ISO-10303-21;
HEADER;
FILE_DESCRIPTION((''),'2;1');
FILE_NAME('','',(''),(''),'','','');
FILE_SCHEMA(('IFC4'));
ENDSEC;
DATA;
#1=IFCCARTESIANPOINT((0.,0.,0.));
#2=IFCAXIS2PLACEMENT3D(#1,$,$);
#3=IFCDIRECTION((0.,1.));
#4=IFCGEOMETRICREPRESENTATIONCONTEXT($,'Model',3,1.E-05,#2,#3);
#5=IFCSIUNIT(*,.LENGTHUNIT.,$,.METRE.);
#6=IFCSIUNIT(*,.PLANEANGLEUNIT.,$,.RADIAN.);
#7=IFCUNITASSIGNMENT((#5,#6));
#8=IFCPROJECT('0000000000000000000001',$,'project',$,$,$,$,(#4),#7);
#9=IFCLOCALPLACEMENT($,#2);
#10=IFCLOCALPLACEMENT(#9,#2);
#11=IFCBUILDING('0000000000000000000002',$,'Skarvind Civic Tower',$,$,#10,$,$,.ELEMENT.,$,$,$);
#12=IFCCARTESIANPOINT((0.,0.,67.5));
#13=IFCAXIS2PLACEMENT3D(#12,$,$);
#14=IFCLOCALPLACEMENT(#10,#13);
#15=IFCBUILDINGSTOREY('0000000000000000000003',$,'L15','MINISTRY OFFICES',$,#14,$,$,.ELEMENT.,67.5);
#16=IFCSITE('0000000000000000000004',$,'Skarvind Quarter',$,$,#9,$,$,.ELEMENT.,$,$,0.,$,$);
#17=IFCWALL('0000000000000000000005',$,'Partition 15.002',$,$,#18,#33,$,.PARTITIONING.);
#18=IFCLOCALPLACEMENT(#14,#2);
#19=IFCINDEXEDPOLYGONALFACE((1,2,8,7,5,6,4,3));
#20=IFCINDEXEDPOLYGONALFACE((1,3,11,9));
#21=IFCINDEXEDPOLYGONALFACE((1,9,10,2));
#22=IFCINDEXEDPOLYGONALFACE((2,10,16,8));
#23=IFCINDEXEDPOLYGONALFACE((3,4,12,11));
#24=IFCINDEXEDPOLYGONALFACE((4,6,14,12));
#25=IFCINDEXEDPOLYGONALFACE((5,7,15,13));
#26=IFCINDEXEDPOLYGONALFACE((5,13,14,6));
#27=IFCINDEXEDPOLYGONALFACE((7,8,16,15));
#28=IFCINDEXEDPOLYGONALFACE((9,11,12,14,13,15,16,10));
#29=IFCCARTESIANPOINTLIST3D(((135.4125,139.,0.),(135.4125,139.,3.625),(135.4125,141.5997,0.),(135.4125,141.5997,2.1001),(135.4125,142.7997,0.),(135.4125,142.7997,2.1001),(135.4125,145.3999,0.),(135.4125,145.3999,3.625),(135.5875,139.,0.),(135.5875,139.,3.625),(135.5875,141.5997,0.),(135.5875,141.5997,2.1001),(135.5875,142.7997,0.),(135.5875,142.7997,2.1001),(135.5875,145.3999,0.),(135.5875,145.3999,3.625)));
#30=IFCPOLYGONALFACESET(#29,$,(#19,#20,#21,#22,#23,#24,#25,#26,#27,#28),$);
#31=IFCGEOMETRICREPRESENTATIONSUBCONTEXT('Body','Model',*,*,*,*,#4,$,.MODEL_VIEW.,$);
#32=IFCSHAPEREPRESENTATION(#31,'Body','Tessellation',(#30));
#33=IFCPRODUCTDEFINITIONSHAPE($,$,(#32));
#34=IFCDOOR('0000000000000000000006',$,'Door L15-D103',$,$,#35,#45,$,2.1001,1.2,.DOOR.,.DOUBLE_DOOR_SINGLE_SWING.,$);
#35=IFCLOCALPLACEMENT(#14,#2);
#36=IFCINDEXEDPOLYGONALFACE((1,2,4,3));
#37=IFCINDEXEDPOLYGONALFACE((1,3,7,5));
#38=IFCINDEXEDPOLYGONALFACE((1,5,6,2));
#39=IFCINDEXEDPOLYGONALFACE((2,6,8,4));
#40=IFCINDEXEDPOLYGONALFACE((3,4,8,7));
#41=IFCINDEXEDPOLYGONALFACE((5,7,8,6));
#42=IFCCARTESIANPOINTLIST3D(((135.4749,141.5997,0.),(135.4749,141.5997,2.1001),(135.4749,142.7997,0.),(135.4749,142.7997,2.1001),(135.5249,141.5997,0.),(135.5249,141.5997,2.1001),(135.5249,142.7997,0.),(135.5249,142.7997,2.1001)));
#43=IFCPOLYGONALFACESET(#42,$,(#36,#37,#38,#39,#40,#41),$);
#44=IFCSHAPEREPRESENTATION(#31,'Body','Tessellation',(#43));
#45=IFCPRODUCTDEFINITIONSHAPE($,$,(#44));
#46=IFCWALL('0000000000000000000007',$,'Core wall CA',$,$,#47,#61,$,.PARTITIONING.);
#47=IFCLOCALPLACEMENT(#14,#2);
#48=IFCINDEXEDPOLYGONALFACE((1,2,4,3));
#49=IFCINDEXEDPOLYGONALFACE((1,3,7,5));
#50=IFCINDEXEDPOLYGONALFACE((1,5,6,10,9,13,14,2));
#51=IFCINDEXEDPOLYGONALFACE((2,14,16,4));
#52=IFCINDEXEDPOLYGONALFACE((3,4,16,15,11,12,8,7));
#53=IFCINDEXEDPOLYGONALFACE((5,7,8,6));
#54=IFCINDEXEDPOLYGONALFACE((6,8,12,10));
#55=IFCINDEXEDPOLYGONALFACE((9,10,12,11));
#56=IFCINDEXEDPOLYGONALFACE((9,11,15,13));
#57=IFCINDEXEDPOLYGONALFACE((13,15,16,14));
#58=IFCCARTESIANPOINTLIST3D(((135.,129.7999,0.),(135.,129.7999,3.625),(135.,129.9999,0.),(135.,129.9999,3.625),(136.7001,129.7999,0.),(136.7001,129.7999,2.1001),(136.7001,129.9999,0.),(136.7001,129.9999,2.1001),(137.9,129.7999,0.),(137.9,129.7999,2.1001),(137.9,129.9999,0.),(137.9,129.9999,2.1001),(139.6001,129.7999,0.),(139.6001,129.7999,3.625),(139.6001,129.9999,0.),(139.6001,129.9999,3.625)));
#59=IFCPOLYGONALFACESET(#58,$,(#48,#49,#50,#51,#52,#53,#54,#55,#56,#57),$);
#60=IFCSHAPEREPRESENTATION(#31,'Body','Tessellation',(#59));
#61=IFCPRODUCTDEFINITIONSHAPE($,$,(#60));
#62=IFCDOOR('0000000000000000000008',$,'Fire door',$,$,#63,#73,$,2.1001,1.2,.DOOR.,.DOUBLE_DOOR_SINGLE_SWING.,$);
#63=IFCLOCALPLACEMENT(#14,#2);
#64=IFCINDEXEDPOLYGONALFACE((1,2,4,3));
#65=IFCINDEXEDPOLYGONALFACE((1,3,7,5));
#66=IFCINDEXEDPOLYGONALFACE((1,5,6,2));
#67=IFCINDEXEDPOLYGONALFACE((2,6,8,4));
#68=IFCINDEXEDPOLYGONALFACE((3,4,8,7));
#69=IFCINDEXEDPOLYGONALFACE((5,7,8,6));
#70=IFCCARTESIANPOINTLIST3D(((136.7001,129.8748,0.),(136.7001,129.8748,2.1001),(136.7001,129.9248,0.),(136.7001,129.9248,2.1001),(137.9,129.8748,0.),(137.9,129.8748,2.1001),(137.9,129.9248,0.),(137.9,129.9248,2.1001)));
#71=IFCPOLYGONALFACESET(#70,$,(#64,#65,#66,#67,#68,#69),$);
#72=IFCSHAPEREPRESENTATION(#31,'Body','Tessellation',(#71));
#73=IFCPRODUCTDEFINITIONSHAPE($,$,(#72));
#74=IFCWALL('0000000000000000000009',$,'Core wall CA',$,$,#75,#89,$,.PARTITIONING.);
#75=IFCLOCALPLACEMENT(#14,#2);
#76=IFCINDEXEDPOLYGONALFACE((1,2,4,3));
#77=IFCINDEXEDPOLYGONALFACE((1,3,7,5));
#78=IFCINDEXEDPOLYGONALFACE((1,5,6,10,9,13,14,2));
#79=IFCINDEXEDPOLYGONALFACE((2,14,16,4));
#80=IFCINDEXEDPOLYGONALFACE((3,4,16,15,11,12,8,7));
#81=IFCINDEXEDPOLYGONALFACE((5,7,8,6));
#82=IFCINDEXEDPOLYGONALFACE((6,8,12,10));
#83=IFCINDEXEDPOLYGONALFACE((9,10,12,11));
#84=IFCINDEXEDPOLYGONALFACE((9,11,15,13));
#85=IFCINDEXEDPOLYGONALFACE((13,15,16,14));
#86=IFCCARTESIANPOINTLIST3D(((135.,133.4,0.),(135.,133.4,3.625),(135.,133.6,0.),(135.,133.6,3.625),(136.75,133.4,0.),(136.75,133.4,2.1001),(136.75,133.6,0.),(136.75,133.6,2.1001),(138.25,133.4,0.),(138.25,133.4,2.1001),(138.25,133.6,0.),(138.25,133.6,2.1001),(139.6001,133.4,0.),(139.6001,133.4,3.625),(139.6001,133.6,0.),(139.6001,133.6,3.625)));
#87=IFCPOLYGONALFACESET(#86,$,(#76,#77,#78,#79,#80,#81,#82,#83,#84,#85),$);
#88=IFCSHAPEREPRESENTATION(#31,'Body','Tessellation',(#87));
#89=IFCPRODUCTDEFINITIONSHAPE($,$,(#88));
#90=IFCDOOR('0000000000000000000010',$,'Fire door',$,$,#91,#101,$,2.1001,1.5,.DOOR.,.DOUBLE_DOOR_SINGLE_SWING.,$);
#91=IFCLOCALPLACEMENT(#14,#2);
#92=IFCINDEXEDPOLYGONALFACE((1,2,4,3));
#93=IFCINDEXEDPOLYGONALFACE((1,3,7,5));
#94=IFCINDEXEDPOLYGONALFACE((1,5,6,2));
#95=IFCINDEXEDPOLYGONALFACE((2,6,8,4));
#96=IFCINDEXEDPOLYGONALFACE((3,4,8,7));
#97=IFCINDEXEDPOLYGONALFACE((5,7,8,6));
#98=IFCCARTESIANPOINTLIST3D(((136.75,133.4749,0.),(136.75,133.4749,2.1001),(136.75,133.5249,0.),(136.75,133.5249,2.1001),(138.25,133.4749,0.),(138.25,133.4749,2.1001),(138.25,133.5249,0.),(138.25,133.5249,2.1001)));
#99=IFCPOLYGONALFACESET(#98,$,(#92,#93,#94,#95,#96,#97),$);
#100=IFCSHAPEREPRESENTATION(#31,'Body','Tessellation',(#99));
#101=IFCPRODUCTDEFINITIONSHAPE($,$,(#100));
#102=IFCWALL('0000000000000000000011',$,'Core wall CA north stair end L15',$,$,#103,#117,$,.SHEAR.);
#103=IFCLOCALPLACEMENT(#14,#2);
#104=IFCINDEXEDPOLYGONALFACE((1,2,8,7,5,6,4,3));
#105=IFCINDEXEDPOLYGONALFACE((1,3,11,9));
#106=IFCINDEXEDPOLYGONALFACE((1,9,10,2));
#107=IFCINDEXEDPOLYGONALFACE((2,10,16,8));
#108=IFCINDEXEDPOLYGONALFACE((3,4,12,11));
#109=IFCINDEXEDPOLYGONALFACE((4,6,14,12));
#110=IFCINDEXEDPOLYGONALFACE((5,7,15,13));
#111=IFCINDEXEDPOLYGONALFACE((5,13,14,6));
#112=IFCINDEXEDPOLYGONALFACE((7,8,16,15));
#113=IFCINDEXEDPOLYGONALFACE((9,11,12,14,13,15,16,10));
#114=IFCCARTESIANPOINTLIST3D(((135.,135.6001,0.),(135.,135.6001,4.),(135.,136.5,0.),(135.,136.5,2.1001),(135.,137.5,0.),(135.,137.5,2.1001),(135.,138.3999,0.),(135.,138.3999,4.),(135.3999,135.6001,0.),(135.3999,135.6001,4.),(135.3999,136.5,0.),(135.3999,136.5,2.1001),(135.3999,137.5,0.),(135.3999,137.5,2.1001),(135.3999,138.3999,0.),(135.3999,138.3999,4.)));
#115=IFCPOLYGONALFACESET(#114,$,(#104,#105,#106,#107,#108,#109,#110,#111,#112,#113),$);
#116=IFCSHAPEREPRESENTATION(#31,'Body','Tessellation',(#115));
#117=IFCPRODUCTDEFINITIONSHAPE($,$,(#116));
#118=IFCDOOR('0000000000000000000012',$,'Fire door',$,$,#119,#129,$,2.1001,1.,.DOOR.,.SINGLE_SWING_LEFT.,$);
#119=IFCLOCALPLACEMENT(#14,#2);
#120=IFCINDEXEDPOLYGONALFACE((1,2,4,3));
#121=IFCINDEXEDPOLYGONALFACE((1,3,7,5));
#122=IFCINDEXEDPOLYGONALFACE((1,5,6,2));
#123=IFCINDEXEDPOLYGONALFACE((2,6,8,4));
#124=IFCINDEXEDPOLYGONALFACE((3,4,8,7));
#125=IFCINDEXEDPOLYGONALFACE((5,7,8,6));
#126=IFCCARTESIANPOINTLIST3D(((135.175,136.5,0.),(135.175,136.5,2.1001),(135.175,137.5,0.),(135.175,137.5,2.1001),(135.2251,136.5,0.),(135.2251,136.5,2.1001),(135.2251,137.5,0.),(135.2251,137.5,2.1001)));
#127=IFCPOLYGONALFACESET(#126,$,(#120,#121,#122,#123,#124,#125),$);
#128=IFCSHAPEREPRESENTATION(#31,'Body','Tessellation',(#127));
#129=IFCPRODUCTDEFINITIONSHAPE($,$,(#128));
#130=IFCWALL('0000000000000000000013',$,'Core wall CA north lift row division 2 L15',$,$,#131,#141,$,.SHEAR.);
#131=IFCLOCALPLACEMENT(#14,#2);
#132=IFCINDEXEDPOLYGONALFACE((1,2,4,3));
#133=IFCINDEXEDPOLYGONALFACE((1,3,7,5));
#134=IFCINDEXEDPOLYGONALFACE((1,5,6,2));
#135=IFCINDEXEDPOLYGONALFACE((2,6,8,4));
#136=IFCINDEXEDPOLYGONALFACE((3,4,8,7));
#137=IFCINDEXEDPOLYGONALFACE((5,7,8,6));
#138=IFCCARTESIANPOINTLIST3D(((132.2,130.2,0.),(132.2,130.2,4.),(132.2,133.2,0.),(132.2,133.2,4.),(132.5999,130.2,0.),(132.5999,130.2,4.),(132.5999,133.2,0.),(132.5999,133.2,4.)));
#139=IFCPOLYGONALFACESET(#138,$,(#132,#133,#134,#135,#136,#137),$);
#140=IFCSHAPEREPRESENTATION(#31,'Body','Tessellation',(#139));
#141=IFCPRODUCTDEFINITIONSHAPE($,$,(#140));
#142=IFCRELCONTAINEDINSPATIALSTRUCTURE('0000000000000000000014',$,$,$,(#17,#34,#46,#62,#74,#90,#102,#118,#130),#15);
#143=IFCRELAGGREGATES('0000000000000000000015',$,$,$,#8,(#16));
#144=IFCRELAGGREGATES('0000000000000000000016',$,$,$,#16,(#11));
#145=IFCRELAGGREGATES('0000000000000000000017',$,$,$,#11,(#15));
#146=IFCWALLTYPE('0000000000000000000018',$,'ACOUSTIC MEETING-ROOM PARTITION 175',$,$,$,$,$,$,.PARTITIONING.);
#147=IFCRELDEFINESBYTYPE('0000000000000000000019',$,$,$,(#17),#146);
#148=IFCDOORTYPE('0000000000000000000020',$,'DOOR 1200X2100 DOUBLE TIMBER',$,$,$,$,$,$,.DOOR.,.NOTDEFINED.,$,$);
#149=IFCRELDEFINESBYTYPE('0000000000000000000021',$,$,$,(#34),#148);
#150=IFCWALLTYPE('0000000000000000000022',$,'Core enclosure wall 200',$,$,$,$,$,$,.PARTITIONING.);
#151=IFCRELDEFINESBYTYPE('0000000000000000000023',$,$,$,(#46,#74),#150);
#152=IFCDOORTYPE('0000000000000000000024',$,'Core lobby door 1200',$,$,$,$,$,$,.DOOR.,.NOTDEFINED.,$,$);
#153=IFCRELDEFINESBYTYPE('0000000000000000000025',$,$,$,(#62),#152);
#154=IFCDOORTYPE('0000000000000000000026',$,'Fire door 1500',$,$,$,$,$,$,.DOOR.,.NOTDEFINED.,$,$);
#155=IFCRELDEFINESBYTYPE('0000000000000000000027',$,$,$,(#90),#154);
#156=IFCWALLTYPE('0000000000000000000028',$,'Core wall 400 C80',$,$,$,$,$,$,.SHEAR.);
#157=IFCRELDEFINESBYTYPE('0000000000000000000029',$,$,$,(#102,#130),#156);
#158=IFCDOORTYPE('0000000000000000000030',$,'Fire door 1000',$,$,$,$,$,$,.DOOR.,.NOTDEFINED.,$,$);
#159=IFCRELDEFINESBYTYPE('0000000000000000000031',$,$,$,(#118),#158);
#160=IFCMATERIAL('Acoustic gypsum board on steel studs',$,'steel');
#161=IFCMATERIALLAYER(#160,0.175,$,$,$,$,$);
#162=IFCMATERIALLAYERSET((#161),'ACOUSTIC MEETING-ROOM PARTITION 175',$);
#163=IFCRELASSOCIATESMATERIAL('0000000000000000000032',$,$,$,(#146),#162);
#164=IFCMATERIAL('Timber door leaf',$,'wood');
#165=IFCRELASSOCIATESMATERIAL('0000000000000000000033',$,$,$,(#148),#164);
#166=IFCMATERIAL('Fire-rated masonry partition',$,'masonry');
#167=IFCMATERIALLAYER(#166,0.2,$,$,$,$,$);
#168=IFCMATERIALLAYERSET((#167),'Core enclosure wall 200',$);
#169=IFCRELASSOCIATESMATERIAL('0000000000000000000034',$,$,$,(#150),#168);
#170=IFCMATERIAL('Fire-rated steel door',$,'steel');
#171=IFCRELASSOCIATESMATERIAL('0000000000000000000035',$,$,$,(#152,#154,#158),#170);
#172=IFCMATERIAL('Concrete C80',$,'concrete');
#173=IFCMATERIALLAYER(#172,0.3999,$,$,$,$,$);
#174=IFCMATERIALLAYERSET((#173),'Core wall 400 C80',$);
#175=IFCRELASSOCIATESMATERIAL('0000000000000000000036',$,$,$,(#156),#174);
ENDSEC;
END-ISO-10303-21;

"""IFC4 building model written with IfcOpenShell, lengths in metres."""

from ifc_helpers import new_model, si_unit, direction, frame, frame_2d, origin, place, context, subcontext, project, spatial, rectangle, extrude, material, layer, layer_set, type_object, element, fill, save


model = new_model("IFC4")

# Units and contexts
model_context = context("Model", 3, precision=1e-05, world=origin(), true_north=direction((0.0, 1.0)))
body_context = subcontext(model_context, "Body", "Model", "MODEL_VIEW")
ifc_project = project(units=[si_unit("LENGTHUNIT", "METRE"), si_unit("PLANEANGLEUNIT", "RADIAN")], contexts=[model_context])

# Site, building, storey
site_placement = place(None, origin())
site = spatial("IfcSite", under=ifc_project, at=site_placement, Name="Skarvind Quarter", CompositionType="ELEMENT", RefElevation=0.0)
building_placement = place(site_placement, origin())
building = spatial("IfcBuilding", under=site, at=building_placement, Name="Skarvind Civic Tower", CompositionType="ELEMENT")
storey_placement = place(building_placement, frame((0.0, 0.0, 67.5)))
storey = spatial("IfcBuildingStorey", under=building, at=storey_placement, Name="L15", Description="MINISTRY OFFICES", CompositionType="ELEMENT", Elevation=67.5)

# Walls, openings, doors
ifc_material_1 = material(Name="Acoustic gypsum board on steel studs", Category="steel")
ifc_layer_1 = layer(ifc_material_1, 0.175)
ifc_layer_set_1 = layer_set([ifc_layer_1], Name="ACOUSTIC MEETING-ROOM PARTITION 175")
wall_type_1 = type_object("IfcWallType", Name="ACOUSTIC MEETING-ROOM PARTITION 175", PredefinedType="PARTITIONING", material=ifc_layer_set_1)
wall_1_placement = place(storey_placement, frame((135.5, 145.3999, 0.0), z_axis=(0.0, 0.0, 1.0), x_axis=(0.0, -1.0, 0.0)))
wall_1 = element("IfcWall", 1, at=wall_1_placement, inside=storey, type_object=wall_type_1, Name="Partition 15.002", PredefinedType="PARTITIONING", context=body_context, shape_type="SweptSolid", body=[
    extrude(rectangle(XDim=6.3999, YDim=0.175, at=frame_2d((3.2, 0.0))), origin(), (0.0, 0.0, 1.0), 3.625),
])
opening_1_placement = place(wall_1_placement, frame((2.6001, 0.0, 0.0)))
opening_1 = element("IfcOpeningElement", 2, at=opening_1_placement, cuts=wall_1, PredefinedType="OPENING", context=body_context, shape_type="SweptSolid", body=[
    extrude(rectangle(XDim=1.2, YDim=2.1001, at=frame_2d((0.6001, 1.05))), frame((0.0, 0.0974, 0.0), z_axis=(0.0, -1.0, 0.0), x_axis=(1.0, 0.0, 0.0)), (0.0, 0.0, 1.0), 0.1951),
])
ifc_material_2 = material(Name="Timber door leaf", Category="wood")
door_type_1 = type_object("IfcDoorType", Name="DOOR 1200X2100 DOUBLE TIMBER", OperationType="NOTDEFINED", PredefinedType="DOOR", material=ifc_material_2)
door_1_placement = place(opening_1_placement, origin())
door_1 = element("IfcDoor", 3, at=door_1_placement, inside=storey, type_object=door_type_1, Name="Door L15-D103", OperationType="DOUBLE_DOOR_SINGLE_SWING", OverallHeight=2.1001, OverallWidth=1.2, PredefinedType="DOOR", context=body_context, shape_type="SweptSolid", body=[
    extrude(rectangle(XDim=1.2, YDim=2.1001, at=frame_2d((0.6001, 1.05))), frame((0.0, 0.0249, 0.0), z_axis=(0.0, -1.0, 0.0), x_axis=(1.0, 0.0, 0.0)), (0.0, 0.0, 1.0), 0.05),
])
fill(opening_1, door_1)
ifc_material_3 = material(Name="Fire-rated masonry partition", Category="masonry")
ifc_layer_2 = layer(ifc_material_3, 0.2)
ifc_layer_set_2 = layer_set([ifc_layer_2], Name="Core enclosure wall 200")
wall_type_2 = type_object("IfcWallType", Name="Core enclosure wall 200", PredefinedType="PARTITIONING", material=ifc_layer_set_2)
wall_2_placement = place(storey_placement, frame((135.0, 129.8999, 0.0), z_axis=(0.0, 0.0, 1.0), x_axis=(1.0, 0.0, 0.0)))
wall_2 = element("IfcWall", 4, at=wall_2_placement, inside=storey, type_object=wall_type_2, Name="Core wall CA", PredefinedType="PARTITIONING", context=body_context, shape_type="SweptSolid", body=[
    extrude(rectangle(XDim=4.6001, YDim=0.2, at=frame_2d((2.3, 0.0))), origin(), (0.0, 0.0, 1.0), 3.625),
])
opening_2_placement = place(wall_2_placement, frame((1.7, 0.0, 0.0)))
opening_2 = element("IfcOpeningElement", 5, at=opening_2_placement, cuts=wall_2, PredefinedType="OPENING", context=body_context, shape_type="SweptSolid", body=[
    extrude(rectangle(XDim=1.2, YDim=2.1001, at=frame_2d((0.6001, 1.05))), frame((0.0, 0.1099, 0.0), z_axis=(0.0, -1.0, 0.0), x_axis=(1.0, 0.0, 0.0)), (0.0, 0.0, 1.0), 0.22),
])
ifc_material_4 = material(Name="Fire-rated steel door", Category="steel")
door_type_2 = type_object("IfcDoorType", Name="Core lobby door 1200", OperationType="NOTDEFINED", PredefinedType="DOOR", material=ifc_material_4)
door_2_placement = place(opening_2_placement, origin())
door_2 = element("IfcDoor", 6, at=door_2_placement, inside=storey, type_object=door_type_2, Name="Fire door", OperationType="DOUBLE_DOOR_SINGLE_SWING", OverallHeight=2.1001, OverallWidth=1.2, PredefinedType="DOOR", context=body_context, shape_type="SweptSolid", body=[
    extrude(rectangle(XDim=1.2, YDim=2.1001, at=frame_2d((0.6001, 1.05))), frame((0.0, 0.0249, 0.0), z_axis=(0.0, -1.0, 0.0), x_axis=(1.0, 0.0, 0.0)), (0.0, 0.0, 1.0), 0.05),
])
fill(opening_2, door_2)
wall_3_placement = place(storey_placement, frame((135.0, 133.5, 0.0), z_axis=(0.0, 0.0, 1.0), x_axis=(1.0, 0.0, 0.0)))
wall_3 = element("IfcWall", 7, at=wall_3_placement, inside=storey, type_object=wall_type_2, Name="Core wall CA", PredefinedType="PARTITIONING", context=body_context, shape_type="SweptSolid", body=[
    extrude(rectangle(XDim=4.6001, YDim=0.2, at=frame_2d((2.3, 0.0))), origin(), (0.0, 0.0, 1.0), 3.625),
])
opening_3_placement = place(wall_3_placement, frame((1.75, 0.0, 0.0)))
opening_3 = element("IfcOpeningElement", 8, at=opening_3_placement, cuts=wall_3, PredefinedType="OPENING", context=body_context, shape_type="SweptSolid", body=[
    extrude(rectangle(XDim=1.5, YDim=2.1001, at=frame_2d((0.75, 1.05))), frame((0.0, 0.1099, 0.0), z_axis=(0.0, -1.0, 0.0), x_axis=(1.0, 0.0, 0.0)), (0.0, 0.0, 1.0), 0.22),
])
door_type_3 = type_object("IfcDoorType", Name="Fire door 1500", OperationType="NOTDEFINED", PredefinedType="DOOR", material=ifc_material_4)
door_3_placement = place(opening_3_placement, origin())
door_3 = element("IfcDoor", 9, at=door_3_placement, inside=storey, type_object=door_type_3, Name="Fire door", OperationType="DOUBLE_DOOR_SINGLE_SWING", OverallHeight=2.1001, OverallWidth=1.5, PredefinedType="DOOR", context=body_context, shape_type="SweptSolid", body=[
    extrude(rectangle(XDim=1.5, YDim=2.1001, at=frame_2d((0.75, 1.05))), frame((0.0, 0.0249, 0.0), z_axis=(0.0, -1.0, 0.0), x_axis=(1.0, 0.0, 0.0)), (0.0, 0.0, 1.0), 0.05),
])
fill(opening_3, door_3)
ifc_material_5 = material(Name="Concrete C80", Category="concrete")
ifc_layer_3 = layer(ifc_material_5, 0.3999)
ifc_layer_set_3 = layer_set([ifc_layer_3], Name="Core wall 400 C80")
wall_type_3 = type_object("IfcWallType", Name="Core wall 400 C80", PredefinedType="SHEAR", material=ifc_layer_set_3)
wall_4_placement = place(storey_placement, frame((135.2, 135.6001, 0.0), z_axis=(0.0, 0.0, 1.0), x_axis=(0.0, 1.0, 0.0)))
wall_4 = element("IfcWall", 10, at=wall_4_placement, inside=storey, type_object=wall_type_3, Name="Core wall CA north stair end L15", PredefinedType="SHEAR", context=body_context, shape_type="SweptSolid", body=[
    extrude(rectangle(XDim=2.7998, YDim=0.3999, at=frame_2d((1.3999, 0.0))), origin(), (0.0, 0.0, 1.0), 4.0),
])
opening_4_placement = place(wall_4_placement, frame((0.8999, 0.0, 0.0)))
opening_4 = element("IfcOpeningElement", 11, at=opening_4_placement, cuts=wall_4, PredefinedType="OPENING", context=body_context, shape_type="SweptSolid", body=[
    extrude(rectangle(XDim=1.0, YDim=2.1001, at=frame_2d((0.5, 1.05))), frame((0.0, 0.21, 0.0), z_axis=(0.0, -1.0, 0.0), x_axis=(1.0, 0.0, 0.0)), (0.0, 0.0, 1.0), 0.4199),
])
door_type_4 = type_object("IfcDoorType", Name="Fire door 1000", OperationType="NOTDEFINED", PredefinedType="DOOR", material=ifc_material_4)
door_4_placement = place(opening_4_placement, origin())
door_4 = element("IfcDoor", 12, at=door_4_placement, inside=storey, type_object=door_type_4, Name="Fire door", OperationType="SINGLE_SWING_LEFT", OverallHeight=2.1001, OverallWidth=1.0, PredefinedType="DOOR", context=body_context, shape_type="SweptSolid", body=[
    extrude(rectangle(XDim=1.0, YDim=2.1001, at=frame_2d((0.5, 1.05))), frame((0.0, 0.0249, 0.0), z_axis=(0.0, -1.0, 0.0), x_axis=(1.0, 0.0, 0.0)), (0.0, 0.0, 1.0), 0.05),
])
fill(opening_4, door_4)

# Wall
wall_5_placement = place(storey_placement, frame((132.3999, 130.2, 0.0), z_axis=(0.0, 0.0, 1.0), x_axis=(0.0, 1.0, 0.0)))
element("IfcWall", 13, at=wall_5_placement, inside=storey, type_object=wall_type_3, Name="Core wall CA north lift row division 2 L15", PredefinedType="SHEAR", context=body_context, shape_type="SweptSolid", body=[
    extrude(rectangle(XDim=3.0, YDim=0.3999, at=frame_2d((1.5, 0.0))), origin(), (0.0, 0.0, 1.0), 4.0),
])

save(model, "model.ifc")
